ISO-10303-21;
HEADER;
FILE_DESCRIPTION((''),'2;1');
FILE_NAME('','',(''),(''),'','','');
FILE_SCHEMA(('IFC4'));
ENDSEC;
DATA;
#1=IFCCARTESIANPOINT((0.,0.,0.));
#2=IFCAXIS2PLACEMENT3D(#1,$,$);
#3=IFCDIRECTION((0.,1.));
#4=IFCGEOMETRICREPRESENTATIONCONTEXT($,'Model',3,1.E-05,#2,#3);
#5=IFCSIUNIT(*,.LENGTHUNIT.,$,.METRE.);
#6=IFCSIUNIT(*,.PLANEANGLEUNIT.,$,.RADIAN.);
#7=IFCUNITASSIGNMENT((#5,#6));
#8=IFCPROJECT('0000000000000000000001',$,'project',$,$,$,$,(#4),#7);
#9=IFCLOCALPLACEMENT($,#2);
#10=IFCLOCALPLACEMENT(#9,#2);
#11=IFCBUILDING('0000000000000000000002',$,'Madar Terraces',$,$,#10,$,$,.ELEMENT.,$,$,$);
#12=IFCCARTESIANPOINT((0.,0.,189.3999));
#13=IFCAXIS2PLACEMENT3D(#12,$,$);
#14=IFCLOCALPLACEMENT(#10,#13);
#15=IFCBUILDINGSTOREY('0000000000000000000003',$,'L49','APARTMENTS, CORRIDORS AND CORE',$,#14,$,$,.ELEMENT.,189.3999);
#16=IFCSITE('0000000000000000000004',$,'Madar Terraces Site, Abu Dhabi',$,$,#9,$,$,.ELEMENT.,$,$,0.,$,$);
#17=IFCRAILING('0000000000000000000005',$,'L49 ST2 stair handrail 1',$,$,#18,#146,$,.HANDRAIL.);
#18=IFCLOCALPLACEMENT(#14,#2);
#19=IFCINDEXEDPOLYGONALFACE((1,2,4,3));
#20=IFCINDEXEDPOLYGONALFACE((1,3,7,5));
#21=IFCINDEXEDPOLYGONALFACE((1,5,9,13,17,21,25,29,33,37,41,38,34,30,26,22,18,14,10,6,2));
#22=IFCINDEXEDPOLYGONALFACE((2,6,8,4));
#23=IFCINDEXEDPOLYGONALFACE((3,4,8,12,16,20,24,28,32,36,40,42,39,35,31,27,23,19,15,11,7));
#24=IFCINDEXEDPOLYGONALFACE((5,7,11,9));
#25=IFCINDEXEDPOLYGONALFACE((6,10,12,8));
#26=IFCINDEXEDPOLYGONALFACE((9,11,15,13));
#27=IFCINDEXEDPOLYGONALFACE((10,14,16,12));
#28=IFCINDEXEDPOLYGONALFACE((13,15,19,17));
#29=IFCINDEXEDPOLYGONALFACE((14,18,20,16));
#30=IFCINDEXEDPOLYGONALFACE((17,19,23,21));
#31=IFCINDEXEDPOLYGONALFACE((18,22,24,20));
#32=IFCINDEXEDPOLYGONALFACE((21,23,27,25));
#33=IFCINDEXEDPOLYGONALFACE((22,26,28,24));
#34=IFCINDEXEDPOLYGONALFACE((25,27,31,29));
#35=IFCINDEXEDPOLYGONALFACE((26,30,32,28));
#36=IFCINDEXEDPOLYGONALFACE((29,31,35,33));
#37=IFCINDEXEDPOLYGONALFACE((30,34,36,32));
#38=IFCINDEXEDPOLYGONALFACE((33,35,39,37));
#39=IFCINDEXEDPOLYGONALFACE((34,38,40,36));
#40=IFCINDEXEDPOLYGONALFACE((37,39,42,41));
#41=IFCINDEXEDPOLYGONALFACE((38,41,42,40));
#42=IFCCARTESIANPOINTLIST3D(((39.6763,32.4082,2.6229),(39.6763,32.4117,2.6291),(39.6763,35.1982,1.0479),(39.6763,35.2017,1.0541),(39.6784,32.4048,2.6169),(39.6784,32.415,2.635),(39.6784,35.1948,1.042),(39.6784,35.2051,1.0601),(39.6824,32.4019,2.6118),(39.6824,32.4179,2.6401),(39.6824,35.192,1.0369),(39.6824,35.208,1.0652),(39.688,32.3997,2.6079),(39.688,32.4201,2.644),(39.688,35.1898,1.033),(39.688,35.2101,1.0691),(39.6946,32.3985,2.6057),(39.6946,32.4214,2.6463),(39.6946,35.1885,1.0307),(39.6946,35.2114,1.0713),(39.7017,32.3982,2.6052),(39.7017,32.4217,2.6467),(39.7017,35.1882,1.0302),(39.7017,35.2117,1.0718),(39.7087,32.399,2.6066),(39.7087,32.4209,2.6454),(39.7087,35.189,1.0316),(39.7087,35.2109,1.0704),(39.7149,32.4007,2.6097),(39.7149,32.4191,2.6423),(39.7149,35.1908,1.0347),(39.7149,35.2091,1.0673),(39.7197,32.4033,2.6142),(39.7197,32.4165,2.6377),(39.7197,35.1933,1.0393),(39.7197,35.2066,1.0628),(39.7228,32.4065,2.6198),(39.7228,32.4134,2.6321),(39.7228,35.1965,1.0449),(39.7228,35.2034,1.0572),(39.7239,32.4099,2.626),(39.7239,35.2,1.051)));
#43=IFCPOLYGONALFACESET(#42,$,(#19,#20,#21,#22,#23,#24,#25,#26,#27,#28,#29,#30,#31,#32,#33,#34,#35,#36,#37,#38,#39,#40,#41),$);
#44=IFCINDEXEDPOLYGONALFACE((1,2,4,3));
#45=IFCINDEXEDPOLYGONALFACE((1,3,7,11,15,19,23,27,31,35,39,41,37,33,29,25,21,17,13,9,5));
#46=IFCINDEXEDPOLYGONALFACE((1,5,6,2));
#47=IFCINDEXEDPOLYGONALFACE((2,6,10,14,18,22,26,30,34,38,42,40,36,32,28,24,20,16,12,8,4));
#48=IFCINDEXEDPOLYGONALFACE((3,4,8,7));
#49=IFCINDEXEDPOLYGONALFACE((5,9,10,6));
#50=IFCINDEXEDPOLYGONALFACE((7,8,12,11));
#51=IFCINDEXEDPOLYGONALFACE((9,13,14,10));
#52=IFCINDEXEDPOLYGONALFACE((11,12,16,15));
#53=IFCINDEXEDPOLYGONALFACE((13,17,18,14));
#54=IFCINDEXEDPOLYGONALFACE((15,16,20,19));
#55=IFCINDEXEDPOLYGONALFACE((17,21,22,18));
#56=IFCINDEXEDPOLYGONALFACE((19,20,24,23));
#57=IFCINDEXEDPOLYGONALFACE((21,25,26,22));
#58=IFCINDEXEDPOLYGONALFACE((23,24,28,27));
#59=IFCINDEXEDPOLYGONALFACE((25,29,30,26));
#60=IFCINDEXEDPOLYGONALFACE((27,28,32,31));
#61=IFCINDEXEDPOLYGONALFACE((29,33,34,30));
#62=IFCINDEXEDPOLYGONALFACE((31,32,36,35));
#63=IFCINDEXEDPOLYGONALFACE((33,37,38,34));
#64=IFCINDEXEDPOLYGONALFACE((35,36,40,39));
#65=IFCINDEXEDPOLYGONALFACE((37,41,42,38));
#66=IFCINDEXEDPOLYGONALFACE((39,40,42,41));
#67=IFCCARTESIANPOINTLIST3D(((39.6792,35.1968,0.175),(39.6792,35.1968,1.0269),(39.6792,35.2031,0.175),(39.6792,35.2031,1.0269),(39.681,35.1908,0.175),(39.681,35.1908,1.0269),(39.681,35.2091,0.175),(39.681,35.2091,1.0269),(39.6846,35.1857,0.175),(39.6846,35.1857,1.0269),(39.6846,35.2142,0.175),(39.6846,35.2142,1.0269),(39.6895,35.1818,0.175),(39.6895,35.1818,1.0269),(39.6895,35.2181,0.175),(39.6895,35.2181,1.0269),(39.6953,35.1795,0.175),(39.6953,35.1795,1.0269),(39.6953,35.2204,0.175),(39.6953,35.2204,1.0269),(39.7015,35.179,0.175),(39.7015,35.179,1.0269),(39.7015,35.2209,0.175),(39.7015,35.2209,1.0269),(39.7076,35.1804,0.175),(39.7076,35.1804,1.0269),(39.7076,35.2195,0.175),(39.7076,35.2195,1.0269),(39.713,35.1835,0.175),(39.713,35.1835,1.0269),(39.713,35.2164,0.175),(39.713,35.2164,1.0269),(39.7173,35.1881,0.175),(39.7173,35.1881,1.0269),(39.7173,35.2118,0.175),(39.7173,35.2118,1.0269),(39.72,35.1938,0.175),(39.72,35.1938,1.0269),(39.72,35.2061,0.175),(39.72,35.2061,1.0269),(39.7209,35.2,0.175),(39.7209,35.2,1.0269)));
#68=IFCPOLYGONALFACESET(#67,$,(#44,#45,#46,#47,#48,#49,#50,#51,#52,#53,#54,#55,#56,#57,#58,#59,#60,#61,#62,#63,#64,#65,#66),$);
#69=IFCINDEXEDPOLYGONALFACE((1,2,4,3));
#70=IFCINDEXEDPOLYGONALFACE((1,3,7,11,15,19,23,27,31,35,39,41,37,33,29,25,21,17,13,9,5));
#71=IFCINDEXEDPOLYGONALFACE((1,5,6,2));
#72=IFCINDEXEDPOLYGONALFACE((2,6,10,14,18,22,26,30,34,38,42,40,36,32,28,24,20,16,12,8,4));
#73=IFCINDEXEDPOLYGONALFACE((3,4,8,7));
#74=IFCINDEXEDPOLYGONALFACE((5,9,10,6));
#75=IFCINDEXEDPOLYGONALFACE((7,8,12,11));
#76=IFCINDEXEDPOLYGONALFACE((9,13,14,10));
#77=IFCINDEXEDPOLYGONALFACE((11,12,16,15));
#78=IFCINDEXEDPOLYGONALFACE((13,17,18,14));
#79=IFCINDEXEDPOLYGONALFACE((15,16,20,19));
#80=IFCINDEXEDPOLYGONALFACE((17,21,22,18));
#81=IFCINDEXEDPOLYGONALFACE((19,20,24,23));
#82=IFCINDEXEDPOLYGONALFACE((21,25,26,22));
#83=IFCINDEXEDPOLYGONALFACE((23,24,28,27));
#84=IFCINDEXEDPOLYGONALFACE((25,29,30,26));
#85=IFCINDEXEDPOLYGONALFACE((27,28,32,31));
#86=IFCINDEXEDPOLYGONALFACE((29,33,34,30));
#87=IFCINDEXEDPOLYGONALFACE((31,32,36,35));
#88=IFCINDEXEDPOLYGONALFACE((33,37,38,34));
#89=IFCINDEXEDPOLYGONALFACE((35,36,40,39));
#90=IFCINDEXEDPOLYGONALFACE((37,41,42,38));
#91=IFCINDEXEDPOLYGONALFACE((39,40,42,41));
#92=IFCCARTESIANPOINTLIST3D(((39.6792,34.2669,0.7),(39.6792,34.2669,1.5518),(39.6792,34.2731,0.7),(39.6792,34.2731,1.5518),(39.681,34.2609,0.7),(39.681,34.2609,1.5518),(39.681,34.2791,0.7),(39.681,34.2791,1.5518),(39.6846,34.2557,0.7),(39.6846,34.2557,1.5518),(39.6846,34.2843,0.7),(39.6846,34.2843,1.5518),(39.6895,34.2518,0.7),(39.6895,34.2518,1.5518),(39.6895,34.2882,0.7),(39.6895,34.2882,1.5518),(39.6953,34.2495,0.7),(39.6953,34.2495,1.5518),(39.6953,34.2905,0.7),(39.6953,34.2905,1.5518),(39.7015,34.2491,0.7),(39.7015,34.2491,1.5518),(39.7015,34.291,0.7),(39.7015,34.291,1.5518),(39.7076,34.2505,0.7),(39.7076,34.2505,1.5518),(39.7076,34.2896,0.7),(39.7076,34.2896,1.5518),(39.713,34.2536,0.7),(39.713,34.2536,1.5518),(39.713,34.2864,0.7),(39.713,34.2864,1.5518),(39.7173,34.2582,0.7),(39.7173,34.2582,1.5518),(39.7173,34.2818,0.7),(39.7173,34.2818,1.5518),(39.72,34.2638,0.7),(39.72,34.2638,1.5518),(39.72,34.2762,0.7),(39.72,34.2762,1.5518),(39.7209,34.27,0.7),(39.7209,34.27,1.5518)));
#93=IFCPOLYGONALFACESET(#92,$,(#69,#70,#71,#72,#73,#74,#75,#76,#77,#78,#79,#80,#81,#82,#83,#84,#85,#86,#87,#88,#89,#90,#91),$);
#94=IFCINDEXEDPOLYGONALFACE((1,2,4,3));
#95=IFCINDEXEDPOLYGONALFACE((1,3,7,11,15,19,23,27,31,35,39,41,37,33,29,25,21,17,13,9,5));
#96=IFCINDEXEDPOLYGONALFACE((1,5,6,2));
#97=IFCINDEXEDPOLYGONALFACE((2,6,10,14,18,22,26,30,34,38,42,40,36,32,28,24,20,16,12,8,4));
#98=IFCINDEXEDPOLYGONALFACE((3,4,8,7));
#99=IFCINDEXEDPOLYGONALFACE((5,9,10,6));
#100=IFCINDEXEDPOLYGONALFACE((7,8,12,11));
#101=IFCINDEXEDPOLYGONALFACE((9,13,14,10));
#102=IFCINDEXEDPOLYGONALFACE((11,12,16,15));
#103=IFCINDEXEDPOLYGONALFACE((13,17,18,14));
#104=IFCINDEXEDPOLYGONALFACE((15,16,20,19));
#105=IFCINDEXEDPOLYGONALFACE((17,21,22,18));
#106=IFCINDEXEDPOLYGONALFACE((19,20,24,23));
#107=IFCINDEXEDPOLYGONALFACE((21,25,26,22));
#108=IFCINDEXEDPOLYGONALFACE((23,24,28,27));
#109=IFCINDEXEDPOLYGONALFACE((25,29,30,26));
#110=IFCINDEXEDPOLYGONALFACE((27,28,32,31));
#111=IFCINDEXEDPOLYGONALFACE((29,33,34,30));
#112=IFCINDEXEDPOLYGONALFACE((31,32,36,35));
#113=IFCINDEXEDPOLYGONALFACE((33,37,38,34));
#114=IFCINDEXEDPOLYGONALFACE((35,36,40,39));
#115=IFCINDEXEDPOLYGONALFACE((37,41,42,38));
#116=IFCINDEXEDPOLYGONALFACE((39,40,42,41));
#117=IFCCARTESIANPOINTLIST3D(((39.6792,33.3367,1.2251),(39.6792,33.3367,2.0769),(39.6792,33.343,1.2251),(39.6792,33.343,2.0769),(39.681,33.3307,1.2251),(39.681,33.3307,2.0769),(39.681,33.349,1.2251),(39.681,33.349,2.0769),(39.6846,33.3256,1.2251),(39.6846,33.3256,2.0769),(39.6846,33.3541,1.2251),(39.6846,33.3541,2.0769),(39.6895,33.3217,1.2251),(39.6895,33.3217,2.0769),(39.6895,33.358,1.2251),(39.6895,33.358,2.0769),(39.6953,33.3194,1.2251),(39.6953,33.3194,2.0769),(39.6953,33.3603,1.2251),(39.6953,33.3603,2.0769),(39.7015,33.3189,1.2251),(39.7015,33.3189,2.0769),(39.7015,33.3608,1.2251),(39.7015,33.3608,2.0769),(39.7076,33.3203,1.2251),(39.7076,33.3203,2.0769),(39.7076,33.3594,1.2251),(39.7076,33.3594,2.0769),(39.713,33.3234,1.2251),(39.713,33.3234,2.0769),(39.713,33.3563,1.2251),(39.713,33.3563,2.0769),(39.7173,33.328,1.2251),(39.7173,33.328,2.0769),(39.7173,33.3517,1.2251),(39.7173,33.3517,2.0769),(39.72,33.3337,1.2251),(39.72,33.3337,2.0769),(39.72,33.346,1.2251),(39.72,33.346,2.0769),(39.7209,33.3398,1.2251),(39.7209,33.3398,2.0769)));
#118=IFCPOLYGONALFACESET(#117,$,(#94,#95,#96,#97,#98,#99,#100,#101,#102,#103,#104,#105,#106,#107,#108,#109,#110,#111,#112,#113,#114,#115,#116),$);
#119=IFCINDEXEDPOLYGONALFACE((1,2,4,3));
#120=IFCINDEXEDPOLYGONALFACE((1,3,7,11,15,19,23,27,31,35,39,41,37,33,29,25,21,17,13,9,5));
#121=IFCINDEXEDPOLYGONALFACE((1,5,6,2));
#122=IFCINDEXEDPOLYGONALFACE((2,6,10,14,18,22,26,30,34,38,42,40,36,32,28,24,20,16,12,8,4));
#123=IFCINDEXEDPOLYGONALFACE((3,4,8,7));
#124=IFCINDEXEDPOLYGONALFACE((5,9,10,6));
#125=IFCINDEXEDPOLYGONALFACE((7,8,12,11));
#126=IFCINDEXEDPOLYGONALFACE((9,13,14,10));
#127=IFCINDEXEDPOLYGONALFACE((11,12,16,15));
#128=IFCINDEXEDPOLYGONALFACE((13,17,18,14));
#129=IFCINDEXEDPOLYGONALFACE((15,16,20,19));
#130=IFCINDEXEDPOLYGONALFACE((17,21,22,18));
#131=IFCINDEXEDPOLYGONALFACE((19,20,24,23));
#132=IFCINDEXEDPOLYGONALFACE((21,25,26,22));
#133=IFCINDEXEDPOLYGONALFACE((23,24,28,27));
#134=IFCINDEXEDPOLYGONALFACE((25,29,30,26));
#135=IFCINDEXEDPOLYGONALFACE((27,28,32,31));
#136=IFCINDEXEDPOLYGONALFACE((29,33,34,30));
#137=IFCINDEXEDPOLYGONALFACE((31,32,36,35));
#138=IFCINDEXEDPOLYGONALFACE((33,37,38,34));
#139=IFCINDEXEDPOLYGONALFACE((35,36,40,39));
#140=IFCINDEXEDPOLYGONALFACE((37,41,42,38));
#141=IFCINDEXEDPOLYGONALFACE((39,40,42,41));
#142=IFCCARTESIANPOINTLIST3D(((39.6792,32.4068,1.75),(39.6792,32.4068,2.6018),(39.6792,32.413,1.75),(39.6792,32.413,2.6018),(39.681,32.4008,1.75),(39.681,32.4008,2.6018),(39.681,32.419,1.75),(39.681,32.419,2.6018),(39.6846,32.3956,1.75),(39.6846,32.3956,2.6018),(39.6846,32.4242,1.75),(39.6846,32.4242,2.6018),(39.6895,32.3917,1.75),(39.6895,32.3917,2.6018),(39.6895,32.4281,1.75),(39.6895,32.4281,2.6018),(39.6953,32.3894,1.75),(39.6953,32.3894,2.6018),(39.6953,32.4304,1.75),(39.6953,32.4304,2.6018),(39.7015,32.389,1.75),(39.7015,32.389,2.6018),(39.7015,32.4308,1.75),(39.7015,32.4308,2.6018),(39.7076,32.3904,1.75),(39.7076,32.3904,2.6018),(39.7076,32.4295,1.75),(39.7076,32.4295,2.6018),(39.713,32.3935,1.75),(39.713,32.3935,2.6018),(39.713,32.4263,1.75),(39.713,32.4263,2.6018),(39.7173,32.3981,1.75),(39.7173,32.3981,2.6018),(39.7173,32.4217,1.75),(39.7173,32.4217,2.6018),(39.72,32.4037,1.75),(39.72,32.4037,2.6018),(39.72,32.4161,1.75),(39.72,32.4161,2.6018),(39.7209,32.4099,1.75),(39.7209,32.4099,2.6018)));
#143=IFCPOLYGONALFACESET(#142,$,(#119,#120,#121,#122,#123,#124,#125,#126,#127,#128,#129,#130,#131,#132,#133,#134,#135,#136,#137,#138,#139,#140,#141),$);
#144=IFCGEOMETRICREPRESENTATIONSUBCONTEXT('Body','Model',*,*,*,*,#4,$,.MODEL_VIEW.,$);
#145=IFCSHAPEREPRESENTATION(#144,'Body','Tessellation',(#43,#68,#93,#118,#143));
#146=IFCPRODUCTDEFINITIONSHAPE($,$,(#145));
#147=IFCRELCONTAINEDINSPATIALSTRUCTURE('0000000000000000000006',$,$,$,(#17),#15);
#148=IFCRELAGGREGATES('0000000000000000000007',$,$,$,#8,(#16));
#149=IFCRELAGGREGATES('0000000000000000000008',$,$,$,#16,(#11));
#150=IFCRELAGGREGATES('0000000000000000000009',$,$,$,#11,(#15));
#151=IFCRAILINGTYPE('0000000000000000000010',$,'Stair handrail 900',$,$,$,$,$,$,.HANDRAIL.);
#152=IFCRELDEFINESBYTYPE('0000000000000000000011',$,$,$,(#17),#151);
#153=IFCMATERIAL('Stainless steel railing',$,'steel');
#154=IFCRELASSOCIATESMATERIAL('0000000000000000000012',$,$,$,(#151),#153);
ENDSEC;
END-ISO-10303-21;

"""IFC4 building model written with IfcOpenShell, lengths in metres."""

from ifc_helpers import new_model, si_unit, direction, frame, origin, origin_2d, place, context, subcontext, project, spatial, circle, extrude, material, type_object, element, save


model = new_model("IFC4")

# Units and contexts
model_context = context("Model", 3, precision=1e-05, world=origin(), true_north=direction((0.0, 1.0)))
body_context = subcontext(model_context, "Body", "Model", "MODEL_VIEW")
ifc_project = project(units=[si_unit("LENGTHUNIT", "METRE"), si_unit("PLANEANGLEUNIT", "RADIAN")], contexts=[model_context])

# Site, building, storey
site_placement = place(None, origin())
site = spatial("IfcSite", under=ifc_project, at=site_placement, Name="Madar Terraces Site, Abu Dhabi", CompositionType="ELEMENT", RefElevation=0.0)
building_placement = place(site_placement, origin())
building = spatial("IfcBuilding", under=site, at=building_placement, Name="Madar Terraces", CompositionType="ELEMENT")
storey_placement = place(building_placement, frame((0.0, 0.0, 189.3999)))
storey = spatial("IfcBuildingStorey", under=building, at=storey_placement, Name="L49", Description="APARTMENTS, CORRIDORS AND CORE", CompositionType="ELEMENT", Elevation=189.3999)

# Railing
ifc_material_1 = material(Name="Stainless steel railing", Category="steel")
railing_type_1 = type_object("IfcRailingType", Name="Stair handrail 900", PredefinedType="HANDRAIL", material=ifc_material_1)
railing_1_placement = place(storey_placement, frame((39.7, 35.2, 0.175)))
element("IfcRailing", 1, at=railing_1_placement, inside=storey, type_object=railing_type_1, Name="L49 ST2 stair handrail 1", PredefinedType="HANDRAIL", context=body_context, shape_type="SweptSolid", body=[
    extrude(circle(Radius=0.0239, at=origin_2d()), frame((0.0, 0.0, 0.876), z_axis=(0.0, -0.870834, 0.491578), x_axis=(1.0, 0.0, 0.0)), (0.0, 0.0, 1.0), 3.2039),
    extrude(circle(Radius=0.021, at=origin_2d()), origin(), (0.0, 0.0, 1.0), 0.8518),
    extrude(circle(Radius=0.021, at=origin_2d()), frame((0.0, -0.9299, 0.5249)), (0.0, 0.0, 1.0), 0.8518),
    extrude(circle(Radius=0.021, at=origin_2d()), frame((0.0, -1.8601, 1.05)), (0.0, 0.0, 1.0), 0.8518),
    extrude(circle(Radius=0.021, at=origin_2d()), frame((0.0, -2.79, 1.575)), (0.0, 0.0, 1.0), 0.8518),
])

save(model, "model.ifc")
